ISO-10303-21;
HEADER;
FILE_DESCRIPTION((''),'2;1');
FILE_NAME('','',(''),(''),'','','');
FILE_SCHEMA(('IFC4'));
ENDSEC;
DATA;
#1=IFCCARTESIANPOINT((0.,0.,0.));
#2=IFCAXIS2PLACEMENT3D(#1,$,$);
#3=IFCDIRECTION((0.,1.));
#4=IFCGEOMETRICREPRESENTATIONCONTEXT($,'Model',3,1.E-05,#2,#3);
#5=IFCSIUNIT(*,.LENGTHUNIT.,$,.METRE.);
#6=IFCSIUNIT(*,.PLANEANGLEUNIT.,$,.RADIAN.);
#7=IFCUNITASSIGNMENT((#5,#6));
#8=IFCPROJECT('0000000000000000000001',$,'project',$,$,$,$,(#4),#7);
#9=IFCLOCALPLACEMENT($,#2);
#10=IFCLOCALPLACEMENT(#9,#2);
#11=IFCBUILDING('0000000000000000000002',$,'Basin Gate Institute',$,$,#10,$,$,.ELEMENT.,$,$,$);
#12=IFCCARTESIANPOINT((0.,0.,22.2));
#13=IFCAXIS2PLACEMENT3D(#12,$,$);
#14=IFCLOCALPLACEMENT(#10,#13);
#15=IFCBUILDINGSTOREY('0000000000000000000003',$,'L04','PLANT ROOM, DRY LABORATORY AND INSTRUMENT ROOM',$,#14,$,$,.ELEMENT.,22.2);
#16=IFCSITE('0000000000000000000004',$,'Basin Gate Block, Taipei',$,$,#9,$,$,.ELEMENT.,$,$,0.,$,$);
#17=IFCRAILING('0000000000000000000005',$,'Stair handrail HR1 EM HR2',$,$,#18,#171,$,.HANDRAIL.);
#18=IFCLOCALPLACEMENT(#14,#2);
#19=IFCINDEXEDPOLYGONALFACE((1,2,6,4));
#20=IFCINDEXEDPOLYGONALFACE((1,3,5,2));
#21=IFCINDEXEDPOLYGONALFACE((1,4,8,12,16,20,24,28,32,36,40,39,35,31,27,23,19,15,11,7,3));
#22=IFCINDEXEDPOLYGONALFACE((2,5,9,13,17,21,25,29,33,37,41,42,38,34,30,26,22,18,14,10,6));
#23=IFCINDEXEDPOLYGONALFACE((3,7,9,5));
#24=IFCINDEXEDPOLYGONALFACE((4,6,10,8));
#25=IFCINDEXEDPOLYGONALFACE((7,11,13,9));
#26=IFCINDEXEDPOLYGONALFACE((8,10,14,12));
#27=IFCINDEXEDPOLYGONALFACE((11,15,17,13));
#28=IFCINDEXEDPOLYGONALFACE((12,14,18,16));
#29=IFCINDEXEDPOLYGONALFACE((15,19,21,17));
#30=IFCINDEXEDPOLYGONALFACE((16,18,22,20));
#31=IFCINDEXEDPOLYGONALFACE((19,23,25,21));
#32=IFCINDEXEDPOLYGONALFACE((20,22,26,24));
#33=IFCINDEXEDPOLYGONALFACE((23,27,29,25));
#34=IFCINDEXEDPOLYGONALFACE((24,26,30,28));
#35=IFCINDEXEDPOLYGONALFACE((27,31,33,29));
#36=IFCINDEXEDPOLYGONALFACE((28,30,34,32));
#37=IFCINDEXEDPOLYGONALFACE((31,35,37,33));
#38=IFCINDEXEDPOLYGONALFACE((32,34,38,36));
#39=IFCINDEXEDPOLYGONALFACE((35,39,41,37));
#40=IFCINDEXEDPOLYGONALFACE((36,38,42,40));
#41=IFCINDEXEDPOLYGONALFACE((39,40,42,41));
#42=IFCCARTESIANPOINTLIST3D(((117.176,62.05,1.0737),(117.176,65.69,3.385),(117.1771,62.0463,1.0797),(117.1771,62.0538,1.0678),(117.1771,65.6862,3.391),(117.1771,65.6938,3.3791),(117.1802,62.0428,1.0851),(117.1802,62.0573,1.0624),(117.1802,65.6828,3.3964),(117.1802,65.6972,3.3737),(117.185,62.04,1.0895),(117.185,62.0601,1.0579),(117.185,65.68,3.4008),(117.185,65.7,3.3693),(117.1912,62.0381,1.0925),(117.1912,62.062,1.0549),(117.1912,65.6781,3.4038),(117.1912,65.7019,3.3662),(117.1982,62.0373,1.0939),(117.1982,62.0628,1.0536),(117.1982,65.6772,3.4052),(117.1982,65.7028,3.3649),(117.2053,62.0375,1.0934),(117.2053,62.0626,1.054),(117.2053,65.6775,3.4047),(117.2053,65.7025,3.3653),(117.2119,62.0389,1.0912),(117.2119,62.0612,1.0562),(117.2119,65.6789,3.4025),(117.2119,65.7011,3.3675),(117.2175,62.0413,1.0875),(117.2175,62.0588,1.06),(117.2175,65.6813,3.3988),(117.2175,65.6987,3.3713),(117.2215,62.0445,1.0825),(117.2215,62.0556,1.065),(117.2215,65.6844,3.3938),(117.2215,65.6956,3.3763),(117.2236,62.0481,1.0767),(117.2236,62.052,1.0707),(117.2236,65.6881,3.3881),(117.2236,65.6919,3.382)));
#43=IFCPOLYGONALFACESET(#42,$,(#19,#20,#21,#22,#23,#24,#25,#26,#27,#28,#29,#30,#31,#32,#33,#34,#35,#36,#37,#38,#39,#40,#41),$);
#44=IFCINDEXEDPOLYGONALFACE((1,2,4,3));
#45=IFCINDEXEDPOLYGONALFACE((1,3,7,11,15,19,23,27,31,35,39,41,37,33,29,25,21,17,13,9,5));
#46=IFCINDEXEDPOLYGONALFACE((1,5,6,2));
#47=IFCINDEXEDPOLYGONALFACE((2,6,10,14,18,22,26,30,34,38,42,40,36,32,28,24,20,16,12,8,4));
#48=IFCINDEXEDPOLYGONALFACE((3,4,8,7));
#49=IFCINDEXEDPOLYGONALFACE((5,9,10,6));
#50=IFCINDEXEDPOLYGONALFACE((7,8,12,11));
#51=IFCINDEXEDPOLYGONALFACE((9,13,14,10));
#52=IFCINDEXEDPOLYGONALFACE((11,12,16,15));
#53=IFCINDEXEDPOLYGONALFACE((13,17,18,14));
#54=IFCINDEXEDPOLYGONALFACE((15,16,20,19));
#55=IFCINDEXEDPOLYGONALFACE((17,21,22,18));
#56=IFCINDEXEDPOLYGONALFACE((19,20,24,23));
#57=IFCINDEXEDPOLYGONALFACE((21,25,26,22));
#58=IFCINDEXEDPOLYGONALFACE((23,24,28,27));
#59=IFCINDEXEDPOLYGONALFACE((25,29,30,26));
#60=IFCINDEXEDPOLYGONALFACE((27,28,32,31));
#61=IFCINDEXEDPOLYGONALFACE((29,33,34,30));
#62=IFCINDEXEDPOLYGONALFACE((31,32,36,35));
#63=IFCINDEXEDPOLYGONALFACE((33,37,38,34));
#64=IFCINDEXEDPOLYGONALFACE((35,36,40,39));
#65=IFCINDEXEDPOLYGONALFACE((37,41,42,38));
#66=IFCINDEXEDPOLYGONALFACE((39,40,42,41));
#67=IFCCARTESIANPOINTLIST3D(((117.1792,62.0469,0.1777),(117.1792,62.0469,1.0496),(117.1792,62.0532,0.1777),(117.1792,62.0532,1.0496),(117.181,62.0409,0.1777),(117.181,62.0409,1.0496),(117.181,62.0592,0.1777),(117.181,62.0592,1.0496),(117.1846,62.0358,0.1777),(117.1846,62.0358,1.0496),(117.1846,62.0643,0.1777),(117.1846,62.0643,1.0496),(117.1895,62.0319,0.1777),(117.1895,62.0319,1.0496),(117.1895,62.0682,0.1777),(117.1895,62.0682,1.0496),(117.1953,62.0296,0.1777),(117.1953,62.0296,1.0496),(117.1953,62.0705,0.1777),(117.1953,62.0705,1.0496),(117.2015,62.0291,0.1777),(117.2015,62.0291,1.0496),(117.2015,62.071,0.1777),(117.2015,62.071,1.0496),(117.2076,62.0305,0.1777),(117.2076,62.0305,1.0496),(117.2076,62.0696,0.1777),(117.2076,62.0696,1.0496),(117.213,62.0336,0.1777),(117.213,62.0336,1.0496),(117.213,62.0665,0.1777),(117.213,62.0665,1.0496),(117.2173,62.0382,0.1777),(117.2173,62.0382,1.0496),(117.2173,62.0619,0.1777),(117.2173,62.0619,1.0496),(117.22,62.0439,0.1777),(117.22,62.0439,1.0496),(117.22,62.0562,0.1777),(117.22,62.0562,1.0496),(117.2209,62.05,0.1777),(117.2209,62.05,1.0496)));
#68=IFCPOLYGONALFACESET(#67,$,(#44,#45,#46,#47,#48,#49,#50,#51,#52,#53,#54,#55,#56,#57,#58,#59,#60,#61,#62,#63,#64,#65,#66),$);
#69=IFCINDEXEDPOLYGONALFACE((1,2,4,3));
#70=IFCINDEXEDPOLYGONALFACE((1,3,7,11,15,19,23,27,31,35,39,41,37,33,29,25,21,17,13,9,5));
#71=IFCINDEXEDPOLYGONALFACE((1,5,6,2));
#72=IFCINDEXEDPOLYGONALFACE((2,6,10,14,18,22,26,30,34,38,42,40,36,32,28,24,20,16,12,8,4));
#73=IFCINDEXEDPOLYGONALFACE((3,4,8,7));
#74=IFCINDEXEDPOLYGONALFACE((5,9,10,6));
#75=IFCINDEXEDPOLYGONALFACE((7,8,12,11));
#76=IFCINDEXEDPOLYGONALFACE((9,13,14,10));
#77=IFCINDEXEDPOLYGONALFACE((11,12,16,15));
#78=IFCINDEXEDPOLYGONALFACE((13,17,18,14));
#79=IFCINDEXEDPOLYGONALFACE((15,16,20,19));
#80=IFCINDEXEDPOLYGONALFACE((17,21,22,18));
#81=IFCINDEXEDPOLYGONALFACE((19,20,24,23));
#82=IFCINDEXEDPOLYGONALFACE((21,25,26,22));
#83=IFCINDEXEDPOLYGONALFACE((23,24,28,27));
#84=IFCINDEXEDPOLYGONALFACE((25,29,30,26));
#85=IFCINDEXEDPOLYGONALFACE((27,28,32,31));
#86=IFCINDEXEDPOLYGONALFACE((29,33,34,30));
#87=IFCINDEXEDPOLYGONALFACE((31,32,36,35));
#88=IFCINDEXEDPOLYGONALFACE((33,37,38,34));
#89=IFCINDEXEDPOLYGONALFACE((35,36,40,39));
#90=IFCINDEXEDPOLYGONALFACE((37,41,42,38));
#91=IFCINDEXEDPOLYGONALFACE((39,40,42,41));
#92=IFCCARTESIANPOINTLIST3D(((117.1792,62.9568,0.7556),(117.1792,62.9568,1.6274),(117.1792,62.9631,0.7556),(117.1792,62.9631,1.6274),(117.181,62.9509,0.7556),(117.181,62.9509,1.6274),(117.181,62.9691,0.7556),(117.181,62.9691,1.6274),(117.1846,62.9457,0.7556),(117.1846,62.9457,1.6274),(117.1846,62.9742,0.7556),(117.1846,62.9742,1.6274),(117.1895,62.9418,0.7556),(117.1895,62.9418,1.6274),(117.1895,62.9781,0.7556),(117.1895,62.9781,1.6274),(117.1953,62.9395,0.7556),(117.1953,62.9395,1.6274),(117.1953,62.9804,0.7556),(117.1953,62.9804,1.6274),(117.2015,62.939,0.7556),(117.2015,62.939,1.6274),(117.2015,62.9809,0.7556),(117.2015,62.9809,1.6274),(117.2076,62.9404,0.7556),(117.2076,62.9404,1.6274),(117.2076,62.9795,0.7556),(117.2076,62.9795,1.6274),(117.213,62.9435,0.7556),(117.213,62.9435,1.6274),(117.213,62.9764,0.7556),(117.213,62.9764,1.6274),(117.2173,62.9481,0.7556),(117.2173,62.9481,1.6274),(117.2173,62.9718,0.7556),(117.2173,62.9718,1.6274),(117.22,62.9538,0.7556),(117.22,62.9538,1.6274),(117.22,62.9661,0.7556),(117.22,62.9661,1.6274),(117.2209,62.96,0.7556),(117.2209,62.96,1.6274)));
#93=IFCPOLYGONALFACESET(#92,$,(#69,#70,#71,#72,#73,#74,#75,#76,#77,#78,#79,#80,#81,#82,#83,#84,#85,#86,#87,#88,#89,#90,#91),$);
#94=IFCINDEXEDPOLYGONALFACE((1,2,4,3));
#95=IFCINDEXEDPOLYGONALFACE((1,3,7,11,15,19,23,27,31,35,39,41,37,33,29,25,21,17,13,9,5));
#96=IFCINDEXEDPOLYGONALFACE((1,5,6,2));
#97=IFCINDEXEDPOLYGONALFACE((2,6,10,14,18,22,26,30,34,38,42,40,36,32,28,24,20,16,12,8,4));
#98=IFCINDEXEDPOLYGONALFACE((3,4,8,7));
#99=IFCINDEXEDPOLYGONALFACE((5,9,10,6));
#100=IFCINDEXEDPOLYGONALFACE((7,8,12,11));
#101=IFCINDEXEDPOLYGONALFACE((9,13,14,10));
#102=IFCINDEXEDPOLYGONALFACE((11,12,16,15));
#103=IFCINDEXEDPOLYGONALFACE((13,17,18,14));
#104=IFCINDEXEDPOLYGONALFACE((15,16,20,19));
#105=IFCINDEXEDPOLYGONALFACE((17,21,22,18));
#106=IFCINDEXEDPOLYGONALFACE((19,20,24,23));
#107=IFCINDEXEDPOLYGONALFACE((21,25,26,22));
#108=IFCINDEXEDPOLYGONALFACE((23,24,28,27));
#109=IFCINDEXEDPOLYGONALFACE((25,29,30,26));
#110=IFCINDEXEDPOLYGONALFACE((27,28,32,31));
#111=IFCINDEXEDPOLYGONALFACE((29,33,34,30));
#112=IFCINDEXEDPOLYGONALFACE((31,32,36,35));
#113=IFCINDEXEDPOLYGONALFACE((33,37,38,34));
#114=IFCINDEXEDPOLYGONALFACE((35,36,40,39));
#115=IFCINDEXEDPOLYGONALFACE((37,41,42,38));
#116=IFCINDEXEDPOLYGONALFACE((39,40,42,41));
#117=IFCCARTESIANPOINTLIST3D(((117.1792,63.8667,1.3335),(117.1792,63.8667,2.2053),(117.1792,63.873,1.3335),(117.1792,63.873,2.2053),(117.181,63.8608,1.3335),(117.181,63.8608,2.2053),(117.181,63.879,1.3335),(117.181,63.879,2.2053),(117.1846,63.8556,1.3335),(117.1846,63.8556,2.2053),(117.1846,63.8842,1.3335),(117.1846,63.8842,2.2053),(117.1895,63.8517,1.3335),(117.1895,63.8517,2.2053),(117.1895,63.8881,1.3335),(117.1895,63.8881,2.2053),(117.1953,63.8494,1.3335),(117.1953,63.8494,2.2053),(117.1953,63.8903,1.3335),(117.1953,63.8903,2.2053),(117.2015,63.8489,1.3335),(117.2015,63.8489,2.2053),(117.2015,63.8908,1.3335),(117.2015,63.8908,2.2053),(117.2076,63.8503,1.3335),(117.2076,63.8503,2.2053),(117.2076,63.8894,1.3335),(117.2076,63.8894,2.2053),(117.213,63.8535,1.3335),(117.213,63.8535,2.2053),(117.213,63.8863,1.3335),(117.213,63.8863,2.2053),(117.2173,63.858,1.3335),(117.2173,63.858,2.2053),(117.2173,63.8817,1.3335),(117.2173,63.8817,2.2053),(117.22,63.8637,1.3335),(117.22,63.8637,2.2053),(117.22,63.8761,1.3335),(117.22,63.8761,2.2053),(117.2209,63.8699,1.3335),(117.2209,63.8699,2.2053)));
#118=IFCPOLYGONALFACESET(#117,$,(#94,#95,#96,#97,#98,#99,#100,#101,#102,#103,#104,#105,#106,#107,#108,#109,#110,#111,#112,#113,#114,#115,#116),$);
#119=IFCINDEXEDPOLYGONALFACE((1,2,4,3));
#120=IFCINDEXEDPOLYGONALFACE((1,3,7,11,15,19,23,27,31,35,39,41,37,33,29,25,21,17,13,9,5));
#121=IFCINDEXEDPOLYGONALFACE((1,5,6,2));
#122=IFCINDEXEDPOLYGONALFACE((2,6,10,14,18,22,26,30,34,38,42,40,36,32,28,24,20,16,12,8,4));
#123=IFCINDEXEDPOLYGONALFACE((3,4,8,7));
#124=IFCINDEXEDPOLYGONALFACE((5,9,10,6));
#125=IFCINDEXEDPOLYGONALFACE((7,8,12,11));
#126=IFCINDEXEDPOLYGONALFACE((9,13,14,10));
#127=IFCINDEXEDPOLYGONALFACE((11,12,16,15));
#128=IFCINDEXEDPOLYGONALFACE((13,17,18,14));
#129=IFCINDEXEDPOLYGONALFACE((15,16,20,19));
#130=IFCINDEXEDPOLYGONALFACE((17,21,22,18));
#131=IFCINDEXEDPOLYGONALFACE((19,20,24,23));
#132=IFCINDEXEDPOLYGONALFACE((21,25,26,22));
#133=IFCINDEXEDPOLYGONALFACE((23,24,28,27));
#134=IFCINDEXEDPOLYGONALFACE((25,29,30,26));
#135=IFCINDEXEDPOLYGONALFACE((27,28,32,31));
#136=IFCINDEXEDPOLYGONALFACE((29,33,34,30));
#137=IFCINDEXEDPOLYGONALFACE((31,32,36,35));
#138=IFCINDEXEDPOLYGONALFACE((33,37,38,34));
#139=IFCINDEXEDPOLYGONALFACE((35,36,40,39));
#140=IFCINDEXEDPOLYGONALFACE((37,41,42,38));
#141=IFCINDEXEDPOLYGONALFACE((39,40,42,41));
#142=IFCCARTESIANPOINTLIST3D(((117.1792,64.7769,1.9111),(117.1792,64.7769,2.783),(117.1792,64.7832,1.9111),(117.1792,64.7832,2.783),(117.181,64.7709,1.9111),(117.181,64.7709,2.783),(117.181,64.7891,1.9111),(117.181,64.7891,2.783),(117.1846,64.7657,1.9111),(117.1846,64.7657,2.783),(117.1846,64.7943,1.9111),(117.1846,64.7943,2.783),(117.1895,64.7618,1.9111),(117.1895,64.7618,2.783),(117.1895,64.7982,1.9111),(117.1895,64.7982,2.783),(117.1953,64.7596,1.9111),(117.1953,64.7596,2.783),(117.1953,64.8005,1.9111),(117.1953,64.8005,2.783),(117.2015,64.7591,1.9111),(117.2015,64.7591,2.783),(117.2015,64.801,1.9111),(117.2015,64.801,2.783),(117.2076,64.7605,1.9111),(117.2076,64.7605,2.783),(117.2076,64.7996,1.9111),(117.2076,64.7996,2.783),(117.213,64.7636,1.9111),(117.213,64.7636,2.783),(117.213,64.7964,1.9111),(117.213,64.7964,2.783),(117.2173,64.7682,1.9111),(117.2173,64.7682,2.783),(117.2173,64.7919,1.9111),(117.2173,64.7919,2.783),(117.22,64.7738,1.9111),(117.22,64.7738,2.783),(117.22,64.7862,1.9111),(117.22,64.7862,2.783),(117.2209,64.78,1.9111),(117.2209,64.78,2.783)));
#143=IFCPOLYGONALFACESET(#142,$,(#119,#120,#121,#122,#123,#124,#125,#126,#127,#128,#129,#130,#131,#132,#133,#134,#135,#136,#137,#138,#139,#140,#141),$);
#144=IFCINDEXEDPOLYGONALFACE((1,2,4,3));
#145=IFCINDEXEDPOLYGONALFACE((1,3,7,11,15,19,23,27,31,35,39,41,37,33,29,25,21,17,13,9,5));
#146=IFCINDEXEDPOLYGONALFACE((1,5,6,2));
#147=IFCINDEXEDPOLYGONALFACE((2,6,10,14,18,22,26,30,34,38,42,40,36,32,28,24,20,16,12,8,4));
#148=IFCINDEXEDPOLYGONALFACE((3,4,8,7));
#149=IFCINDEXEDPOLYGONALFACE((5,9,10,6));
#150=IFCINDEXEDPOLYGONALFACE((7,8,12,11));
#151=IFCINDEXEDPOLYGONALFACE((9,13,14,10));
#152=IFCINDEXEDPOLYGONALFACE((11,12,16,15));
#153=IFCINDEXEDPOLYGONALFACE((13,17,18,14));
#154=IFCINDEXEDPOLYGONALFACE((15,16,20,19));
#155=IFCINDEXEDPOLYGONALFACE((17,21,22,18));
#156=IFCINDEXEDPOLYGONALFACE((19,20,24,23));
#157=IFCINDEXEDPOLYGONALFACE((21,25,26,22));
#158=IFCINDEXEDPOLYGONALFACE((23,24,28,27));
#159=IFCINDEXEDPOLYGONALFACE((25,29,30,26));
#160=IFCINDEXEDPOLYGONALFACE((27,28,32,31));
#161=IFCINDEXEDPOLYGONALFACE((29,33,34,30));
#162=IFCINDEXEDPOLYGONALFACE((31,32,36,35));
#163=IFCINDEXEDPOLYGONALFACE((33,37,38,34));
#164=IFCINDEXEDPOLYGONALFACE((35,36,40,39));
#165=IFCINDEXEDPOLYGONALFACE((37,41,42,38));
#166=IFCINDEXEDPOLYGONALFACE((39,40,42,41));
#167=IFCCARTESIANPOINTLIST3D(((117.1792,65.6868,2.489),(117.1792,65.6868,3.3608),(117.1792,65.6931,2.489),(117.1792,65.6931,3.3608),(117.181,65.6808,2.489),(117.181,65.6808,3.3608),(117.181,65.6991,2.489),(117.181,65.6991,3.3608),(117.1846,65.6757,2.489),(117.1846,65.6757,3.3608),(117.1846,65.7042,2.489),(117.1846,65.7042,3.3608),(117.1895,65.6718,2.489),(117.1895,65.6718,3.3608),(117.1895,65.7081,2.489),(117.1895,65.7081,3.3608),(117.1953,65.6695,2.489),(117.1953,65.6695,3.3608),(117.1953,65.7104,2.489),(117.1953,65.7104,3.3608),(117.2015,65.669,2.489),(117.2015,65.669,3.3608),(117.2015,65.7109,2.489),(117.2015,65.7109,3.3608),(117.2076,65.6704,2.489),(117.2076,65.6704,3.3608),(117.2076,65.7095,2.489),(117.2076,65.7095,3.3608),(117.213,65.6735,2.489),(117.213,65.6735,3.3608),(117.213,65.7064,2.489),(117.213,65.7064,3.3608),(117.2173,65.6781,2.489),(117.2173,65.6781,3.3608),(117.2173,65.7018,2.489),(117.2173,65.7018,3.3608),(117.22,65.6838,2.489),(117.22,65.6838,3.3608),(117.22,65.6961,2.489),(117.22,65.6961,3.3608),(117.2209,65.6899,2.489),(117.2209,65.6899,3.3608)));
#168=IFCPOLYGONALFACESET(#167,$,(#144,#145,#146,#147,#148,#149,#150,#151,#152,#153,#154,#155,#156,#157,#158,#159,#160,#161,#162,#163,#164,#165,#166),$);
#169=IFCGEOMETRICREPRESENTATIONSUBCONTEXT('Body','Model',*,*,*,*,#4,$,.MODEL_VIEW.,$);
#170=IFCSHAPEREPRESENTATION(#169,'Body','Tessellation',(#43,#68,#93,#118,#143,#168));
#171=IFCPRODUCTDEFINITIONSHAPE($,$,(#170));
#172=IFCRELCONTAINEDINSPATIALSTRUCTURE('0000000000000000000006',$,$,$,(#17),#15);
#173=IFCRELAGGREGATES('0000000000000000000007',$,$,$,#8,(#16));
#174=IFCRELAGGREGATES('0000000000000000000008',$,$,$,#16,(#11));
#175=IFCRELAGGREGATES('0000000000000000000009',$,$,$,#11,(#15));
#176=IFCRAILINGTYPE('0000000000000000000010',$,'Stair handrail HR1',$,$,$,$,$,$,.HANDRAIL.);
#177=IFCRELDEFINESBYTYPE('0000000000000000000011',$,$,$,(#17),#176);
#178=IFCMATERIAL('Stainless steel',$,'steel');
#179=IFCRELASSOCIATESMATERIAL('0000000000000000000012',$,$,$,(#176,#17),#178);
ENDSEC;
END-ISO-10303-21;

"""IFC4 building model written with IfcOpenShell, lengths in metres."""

from ifc_helpers import new_model, si_unit, direction, frame, origin, origin_2d, place, context, subcontext, project, spatial, circle, extrude, material, type_object, element, save


model = new_model("IFC4")

# Units and contexts
model_context = context("Model", 3, precision=1e-05, world=origin(), true_north=direction((0.0, 1.0)))
body_context = subcontext(model_context, "Body", "Model", "MODEL_VIEW")
ifc_project = project(units=[si_unit("LENGTHUNIT", "METRE"), si_unit("PLANEANGLEUNIT", "RADIAN")], contexts=[model_context])

# Site, building, storey
site_placement = place(None, origin())
site = spatial("IfcSite", under=ifc_project, at=site_placement, Name="Basin Gate Block, Taipei", CompositionType="ELEMENT", RefElevation=0.0)
building_placement = place(site_placement, origin())
building = spatial("IfcBuilding", under=site, at=building_placement, Name="Basin Gate Institute", CompositionType="ELEMENT")
storey_placement = place(building_placement, frame((0.0, 0.0, 22.2)))
storey = spatial("IfcBuildingStorey", under=building, at=storey_placement, Name="L04", Description="PLANT ROOM, DRY LABORATORY AND INSTRUMENT ROOM", CompositionType="ELEMENT", Elevation=22.2)

# Railing
ifc_material_1 = material(Name="Stainless steel", Category="steel")
railing_type_1 = type_object("IfcRailingType", Name="Stair handrail HR1", PredefinedType="HANDRAIL", material=ifc_material_1)
for number, where, name in (
    (1, (117.2, 62.05, 0.1777), "Stair handrail HR1 EM HR2"),
):
    element("IfcRailing", number, at=place(storey_placement, frame(where)), inside=storey, type_object=railing_type_1, material=ifc_material_1, Name=name, PredefinedType="HANDRAIL", context=body_context, shape_type="SweptSolid", body=[
        extrude(circle(Radius=0.0239, at=origin_2d()), frame((0.0, 0.0, 0.896), z_axis=(0.0, 0.844188, 0.536047), x_axis=(-1.0, 0.0, 0.0)), (0.0, 0.0, 1.0), 4.3118),
        extrude(circle(Radius=0.021, at=origin_2d()), origin(), (0.0, 0.0, 1.0), 0.8718),
        extrude(circle(Radius=0.021, at=origin_2d()), frame((0.0, 0.9099, 0.5779)), (0.0, 0.0, 1.0), 0.8718),
        extrude(circle(Radius=0.021, at=origin_2d()), frame((0.0, 1.8198, 1.1558)), (0.0, 0.0, 1.0), 0.8718),
        extrude(circle(Radius=0.021, at=origin_2d()), frame((0.0, 2.73, 1.7334)), (0.0, 0.0, 1.0), 0.8718),
        extrude(circle(Radius=0.021, at=origin_2d()), frame((0.0, 3.6399, 2.3113)), (0.0, 0.0, 1.0), 0.8718),
    ])

save(model, "model.ifc")
